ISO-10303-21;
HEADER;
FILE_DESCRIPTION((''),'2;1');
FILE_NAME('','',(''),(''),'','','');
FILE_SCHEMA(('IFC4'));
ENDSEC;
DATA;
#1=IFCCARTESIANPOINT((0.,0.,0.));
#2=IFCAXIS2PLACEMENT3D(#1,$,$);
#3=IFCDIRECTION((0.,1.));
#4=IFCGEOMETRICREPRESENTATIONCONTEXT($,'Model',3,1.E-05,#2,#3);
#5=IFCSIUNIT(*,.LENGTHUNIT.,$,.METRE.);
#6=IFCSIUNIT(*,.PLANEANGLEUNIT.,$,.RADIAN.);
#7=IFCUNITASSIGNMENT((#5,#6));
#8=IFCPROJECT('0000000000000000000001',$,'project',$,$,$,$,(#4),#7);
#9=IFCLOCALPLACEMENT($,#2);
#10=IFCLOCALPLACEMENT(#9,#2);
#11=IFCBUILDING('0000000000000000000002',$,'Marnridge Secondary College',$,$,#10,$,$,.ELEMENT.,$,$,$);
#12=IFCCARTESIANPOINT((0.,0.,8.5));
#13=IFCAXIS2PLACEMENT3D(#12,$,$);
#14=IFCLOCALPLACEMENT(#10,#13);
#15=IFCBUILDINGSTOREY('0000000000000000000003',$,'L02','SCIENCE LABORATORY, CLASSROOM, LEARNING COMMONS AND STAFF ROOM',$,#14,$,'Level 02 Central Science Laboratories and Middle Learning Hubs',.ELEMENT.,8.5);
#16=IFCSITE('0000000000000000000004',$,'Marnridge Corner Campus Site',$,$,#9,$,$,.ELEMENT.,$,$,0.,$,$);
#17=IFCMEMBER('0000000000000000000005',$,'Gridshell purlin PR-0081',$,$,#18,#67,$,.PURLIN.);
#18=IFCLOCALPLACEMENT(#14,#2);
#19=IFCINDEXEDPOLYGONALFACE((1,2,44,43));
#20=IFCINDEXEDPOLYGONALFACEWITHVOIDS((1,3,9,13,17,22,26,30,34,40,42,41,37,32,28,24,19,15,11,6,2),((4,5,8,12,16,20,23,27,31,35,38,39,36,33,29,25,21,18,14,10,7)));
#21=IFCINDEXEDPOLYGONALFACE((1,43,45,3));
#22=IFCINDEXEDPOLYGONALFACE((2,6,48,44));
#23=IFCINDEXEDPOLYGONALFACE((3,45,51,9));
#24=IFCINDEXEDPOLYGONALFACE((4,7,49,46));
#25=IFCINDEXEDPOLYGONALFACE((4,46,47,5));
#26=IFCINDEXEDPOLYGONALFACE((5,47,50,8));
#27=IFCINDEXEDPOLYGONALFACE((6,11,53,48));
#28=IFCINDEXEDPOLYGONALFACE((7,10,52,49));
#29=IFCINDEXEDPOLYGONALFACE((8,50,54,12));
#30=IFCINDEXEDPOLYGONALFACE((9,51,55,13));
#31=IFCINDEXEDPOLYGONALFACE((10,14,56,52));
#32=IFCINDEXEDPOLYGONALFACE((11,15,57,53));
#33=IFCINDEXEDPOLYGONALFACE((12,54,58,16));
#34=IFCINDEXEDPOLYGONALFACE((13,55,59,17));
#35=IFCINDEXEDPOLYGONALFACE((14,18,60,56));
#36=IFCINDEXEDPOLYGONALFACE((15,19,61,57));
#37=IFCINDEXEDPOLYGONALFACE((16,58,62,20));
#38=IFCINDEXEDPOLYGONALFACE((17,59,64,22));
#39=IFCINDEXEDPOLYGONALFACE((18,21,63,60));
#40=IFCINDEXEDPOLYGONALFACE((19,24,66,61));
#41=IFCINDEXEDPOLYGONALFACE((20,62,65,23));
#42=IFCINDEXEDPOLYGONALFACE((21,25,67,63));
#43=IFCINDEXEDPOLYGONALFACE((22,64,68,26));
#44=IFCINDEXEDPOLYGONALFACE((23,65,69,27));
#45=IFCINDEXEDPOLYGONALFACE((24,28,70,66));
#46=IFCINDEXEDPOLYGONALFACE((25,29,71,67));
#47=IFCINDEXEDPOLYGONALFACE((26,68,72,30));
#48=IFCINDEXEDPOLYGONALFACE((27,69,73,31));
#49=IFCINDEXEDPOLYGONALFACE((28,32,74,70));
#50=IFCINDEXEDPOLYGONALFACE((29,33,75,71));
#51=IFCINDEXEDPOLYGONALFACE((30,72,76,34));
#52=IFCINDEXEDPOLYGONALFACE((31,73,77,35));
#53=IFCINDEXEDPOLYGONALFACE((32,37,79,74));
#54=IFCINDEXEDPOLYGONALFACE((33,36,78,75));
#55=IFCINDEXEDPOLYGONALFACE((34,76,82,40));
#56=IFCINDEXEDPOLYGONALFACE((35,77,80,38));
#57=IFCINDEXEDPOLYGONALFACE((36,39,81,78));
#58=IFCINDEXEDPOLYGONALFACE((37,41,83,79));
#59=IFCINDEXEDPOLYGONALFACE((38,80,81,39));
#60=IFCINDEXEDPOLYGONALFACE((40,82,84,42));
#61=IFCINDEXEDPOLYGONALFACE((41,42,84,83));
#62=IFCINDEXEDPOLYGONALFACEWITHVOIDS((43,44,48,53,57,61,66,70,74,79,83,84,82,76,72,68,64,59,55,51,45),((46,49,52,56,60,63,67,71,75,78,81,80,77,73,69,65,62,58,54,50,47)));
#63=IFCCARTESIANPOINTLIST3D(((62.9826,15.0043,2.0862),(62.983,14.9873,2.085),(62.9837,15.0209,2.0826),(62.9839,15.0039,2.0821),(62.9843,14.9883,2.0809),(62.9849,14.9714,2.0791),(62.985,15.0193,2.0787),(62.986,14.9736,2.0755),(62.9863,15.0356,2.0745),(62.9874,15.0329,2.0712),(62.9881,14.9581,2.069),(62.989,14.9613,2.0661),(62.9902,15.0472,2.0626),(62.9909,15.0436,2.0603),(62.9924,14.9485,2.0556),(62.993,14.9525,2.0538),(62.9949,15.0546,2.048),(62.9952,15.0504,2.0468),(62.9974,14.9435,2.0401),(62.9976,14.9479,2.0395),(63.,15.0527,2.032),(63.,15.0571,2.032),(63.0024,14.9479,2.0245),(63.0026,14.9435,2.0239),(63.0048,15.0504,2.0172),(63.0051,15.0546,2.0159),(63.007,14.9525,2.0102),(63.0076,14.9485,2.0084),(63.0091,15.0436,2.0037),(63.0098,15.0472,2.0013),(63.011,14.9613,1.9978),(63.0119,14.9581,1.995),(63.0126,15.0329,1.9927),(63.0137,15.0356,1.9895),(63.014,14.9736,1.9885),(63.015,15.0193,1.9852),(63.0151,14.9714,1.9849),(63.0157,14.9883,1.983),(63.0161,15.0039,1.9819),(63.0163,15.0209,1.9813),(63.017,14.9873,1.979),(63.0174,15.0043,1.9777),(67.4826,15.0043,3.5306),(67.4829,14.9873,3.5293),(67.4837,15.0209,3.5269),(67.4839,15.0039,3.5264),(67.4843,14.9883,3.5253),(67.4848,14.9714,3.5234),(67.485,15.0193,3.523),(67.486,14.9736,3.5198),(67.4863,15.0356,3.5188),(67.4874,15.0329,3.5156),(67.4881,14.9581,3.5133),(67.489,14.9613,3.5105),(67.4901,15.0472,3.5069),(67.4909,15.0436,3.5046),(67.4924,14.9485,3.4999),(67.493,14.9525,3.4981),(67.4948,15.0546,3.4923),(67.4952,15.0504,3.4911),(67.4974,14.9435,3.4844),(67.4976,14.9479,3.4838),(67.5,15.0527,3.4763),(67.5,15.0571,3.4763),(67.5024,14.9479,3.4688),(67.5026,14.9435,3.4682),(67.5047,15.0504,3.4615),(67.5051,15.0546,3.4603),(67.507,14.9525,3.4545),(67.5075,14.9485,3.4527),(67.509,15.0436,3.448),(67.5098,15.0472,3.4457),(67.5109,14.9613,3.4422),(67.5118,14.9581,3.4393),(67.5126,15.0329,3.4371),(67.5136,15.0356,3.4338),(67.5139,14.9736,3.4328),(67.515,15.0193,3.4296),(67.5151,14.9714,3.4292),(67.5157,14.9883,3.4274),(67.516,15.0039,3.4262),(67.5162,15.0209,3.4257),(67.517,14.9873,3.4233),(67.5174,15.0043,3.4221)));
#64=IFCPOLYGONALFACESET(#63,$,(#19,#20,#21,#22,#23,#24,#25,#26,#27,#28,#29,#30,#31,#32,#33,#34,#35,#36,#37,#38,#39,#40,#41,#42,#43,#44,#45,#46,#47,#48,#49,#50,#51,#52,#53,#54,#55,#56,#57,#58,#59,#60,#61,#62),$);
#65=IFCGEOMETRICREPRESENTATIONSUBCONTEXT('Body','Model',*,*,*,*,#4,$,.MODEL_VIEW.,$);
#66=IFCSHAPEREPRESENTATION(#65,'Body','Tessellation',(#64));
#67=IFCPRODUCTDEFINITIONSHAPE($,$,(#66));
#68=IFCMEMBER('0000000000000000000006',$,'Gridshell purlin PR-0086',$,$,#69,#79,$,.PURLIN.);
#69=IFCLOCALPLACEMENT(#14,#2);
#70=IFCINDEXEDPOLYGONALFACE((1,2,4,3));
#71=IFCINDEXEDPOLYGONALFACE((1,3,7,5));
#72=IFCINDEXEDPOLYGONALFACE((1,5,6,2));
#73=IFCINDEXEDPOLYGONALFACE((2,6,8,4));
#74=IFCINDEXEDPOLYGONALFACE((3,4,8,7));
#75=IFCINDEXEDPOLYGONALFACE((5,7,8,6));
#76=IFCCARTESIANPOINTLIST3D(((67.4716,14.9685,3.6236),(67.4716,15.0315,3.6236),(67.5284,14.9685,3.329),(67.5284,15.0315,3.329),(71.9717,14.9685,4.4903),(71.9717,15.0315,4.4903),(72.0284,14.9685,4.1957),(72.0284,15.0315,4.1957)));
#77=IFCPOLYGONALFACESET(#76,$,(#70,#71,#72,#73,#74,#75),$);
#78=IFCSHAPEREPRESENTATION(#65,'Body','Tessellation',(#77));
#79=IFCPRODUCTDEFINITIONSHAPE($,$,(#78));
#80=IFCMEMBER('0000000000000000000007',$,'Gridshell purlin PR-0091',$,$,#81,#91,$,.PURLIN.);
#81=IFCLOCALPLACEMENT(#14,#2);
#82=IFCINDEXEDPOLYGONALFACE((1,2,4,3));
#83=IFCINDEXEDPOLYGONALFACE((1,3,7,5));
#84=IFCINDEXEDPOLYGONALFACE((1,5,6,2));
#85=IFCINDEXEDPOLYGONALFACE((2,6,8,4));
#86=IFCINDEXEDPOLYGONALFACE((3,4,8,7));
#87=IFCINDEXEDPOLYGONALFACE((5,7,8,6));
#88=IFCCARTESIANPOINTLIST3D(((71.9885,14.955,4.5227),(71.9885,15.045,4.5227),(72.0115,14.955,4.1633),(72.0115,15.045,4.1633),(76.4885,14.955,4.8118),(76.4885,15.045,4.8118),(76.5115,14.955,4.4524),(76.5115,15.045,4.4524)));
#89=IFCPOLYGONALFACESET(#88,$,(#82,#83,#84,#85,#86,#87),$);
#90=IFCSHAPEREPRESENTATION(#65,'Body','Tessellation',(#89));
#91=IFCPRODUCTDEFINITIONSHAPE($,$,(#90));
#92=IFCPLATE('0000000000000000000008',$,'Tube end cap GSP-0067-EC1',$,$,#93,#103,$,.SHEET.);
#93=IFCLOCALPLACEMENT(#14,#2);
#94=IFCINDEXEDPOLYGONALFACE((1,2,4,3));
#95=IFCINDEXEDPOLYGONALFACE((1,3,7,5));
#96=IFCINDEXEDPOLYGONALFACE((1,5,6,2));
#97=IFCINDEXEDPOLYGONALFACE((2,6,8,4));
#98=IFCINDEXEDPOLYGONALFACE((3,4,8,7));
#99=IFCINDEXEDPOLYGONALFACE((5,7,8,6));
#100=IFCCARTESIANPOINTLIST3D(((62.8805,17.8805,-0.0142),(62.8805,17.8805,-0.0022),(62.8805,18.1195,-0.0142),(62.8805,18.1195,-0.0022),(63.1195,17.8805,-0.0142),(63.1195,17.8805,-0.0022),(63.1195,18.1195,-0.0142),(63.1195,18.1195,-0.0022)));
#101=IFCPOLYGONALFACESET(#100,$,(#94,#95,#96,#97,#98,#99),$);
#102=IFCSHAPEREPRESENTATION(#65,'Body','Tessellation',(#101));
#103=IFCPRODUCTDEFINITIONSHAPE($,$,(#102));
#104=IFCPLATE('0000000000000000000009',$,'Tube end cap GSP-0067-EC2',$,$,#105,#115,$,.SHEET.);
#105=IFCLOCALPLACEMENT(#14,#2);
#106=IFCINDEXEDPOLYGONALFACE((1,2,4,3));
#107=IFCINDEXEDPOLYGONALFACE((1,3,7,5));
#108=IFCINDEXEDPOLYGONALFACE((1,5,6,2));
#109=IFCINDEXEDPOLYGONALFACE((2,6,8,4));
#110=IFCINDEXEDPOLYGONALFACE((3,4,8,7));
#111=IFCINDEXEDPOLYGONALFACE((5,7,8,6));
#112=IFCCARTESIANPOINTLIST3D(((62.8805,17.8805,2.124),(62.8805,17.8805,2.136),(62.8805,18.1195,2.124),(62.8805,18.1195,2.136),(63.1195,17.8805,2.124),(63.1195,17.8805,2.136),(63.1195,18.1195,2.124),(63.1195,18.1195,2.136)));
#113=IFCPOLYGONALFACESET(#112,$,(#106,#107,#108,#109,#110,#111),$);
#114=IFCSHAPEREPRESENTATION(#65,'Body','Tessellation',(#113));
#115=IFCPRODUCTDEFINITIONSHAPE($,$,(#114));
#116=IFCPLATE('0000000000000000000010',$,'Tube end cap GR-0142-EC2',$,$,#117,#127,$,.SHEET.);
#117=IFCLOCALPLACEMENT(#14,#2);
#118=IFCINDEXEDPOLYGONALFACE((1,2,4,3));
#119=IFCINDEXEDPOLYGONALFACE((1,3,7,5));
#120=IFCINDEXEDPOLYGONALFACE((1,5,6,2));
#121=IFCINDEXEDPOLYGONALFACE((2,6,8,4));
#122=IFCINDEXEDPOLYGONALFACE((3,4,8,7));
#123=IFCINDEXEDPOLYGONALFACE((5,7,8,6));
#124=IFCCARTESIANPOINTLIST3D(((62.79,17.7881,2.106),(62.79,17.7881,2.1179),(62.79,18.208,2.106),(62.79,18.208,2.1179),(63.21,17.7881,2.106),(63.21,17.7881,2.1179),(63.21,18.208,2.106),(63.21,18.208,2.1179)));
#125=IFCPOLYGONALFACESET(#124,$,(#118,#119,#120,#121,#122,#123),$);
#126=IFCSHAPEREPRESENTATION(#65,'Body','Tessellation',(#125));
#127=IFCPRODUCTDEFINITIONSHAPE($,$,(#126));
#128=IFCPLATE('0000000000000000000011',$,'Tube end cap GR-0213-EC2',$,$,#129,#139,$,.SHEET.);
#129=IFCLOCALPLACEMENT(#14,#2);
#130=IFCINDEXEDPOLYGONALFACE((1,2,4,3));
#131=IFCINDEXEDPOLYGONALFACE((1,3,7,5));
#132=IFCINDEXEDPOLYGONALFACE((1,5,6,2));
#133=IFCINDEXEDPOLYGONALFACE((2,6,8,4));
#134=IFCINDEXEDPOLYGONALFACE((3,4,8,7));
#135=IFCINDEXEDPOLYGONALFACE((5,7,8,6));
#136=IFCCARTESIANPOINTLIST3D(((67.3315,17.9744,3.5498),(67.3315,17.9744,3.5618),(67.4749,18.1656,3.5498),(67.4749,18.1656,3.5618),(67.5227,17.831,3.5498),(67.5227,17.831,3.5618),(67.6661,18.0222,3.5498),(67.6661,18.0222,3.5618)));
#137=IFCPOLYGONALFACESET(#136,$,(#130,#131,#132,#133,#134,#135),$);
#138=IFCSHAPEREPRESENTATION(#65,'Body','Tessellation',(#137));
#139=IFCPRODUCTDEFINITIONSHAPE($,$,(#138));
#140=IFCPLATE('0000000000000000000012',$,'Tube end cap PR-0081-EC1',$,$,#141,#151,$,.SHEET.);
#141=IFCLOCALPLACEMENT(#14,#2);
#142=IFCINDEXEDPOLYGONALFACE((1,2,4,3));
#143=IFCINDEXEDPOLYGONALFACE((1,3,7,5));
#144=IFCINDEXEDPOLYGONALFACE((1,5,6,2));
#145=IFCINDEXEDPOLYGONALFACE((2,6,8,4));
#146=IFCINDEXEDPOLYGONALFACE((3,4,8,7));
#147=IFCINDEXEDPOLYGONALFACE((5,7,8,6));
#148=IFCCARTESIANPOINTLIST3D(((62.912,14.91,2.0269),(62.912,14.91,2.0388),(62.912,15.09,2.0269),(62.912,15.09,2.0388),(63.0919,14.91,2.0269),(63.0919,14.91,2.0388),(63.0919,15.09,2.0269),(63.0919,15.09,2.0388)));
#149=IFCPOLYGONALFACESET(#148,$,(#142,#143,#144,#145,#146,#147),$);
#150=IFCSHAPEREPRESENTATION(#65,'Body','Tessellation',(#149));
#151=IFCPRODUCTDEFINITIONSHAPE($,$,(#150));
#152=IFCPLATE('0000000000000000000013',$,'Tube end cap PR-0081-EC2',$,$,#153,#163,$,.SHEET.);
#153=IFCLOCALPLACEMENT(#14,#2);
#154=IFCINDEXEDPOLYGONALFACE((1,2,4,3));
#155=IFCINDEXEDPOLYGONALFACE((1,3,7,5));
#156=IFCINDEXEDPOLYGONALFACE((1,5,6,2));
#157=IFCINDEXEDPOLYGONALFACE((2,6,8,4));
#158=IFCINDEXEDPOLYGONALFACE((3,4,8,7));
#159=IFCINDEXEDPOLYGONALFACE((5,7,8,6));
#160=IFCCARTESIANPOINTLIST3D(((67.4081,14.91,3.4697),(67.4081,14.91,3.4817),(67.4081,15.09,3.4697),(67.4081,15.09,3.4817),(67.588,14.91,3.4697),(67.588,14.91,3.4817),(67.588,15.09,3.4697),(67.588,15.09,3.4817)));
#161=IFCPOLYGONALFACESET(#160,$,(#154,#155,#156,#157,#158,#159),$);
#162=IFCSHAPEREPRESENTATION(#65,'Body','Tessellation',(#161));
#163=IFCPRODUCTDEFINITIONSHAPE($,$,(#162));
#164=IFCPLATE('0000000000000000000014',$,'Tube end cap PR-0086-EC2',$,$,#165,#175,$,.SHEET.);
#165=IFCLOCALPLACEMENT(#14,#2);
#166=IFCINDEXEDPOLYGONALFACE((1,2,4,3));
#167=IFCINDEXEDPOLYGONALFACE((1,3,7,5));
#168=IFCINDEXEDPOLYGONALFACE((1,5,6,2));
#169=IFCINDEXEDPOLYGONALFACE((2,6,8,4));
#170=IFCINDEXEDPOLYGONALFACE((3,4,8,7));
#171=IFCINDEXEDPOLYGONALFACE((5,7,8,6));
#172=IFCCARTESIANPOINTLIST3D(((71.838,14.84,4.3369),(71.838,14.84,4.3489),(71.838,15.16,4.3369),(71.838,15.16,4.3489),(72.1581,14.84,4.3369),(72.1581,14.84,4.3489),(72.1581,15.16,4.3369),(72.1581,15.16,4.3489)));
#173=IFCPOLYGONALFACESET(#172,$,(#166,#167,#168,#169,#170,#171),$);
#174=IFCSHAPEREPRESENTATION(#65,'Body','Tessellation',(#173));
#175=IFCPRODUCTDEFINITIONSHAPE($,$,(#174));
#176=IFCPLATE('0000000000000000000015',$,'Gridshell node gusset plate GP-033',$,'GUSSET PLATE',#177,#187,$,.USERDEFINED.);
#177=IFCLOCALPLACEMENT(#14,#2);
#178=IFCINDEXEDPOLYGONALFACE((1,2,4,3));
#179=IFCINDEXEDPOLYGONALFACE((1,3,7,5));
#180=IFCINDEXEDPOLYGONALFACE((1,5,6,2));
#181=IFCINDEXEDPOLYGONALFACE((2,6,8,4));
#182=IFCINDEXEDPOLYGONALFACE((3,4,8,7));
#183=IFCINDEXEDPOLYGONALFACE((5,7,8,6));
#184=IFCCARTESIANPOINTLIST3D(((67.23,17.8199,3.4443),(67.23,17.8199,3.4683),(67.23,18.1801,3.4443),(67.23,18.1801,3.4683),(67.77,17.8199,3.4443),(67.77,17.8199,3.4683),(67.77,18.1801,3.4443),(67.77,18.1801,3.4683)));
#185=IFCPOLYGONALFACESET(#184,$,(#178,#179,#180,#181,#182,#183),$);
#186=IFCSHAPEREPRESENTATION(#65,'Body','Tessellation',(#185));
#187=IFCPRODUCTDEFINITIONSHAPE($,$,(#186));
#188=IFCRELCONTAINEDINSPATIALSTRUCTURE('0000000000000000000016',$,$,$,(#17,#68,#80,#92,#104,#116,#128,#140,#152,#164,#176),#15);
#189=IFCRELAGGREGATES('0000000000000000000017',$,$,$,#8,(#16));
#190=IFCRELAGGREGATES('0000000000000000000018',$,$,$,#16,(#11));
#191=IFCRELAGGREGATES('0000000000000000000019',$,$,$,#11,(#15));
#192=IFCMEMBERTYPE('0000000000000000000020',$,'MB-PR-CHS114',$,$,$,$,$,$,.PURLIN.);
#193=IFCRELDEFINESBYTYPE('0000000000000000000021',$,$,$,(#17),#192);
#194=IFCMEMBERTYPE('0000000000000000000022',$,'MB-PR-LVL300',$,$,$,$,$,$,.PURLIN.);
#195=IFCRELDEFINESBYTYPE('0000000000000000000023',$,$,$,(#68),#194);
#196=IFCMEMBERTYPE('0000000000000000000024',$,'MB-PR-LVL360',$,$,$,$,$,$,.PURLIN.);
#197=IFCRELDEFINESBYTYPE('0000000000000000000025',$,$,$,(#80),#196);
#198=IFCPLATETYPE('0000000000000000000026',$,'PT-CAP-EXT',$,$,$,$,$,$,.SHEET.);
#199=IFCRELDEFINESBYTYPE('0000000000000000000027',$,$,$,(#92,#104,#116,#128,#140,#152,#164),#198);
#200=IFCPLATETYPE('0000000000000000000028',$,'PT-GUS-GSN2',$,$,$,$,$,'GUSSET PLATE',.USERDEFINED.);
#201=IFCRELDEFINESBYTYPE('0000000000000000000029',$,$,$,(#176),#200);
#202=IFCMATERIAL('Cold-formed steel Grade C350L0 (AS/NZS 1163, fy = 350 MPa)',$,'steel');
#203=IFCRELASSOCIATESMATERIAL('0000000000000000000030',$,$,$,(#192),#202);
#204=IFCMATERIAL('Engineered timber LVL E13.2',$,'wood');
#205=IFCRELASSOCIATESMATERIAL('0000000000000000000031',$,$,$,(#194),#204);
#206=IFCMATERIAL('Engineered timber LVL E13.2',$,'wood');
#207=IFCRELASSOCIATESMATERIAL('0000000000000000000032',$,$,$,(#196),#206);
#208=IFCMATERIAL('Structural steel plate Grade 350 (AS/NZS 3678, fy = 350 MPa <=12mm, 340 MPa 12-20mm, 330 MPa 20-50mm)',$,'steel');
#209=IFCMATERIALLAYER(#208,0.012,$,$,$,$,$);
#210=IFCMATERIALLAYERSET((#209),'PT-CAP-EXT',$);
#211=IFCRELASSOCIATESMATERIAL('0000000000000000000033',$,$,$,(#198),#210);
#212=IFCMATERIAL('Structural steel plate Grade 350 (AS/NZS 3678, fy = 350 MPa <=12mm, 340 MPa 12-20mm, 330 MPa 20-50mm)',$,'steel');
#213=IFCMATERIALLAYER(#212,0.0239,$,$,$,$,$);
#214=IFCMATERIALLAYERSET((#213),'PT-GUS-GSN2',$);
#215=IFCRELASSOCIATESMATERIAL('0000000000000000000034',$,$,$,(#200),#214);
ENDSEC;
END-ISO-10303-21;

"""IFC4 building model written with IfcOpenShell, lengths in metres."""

from ifc_helpers import new_model, si_unit, direction, frame, origin, origin_2d, place, context, subcontext, project, spatial, rectangle, hollow_circle, extrude, material, layer, layer_set, material_profile, profile_set, type_object, element, save


model = new_model("IFC4")

# Units and contexts
model_context = context("Model", 3, precision=1e-05, world=origin(), true_north=direction((0.0, 1.0)))
body_context = subcontext(model_context, "Body", "Model", "MODEL_VIEW")
ifc_project = project(units=[si_unit("LENGTHUNIT", "METRE"), si_unit("PLANEANGLEUNIT", "RADIAN")], contexts=[model_context])

# Site, building, storey
site_placement = place(None, origin())
site = spatial("IfcSite", under=ifc_project, at=site_placement, Name="Marnridge Corner Campus Site", CompositionType="ELEMENT", RefElevation=0.0)
building_placement = place(site_placement, origin())
building = spatial("IfcBuilding", under=site, at=building_placement, Name="Marnridge Secondary College", CompositionType="ELEMENT")
storey_placement = place(building_placement, frame((0.0, 0.0, 8.5)))
storey = spatial("IfcBuildingStorey", under=building, at=storey_placement, Name="L02", Description="SCIENCE LABORATORY, CLASSROOM, LEARNING COMMONS AND STAFF ROOM", LongName="Level 02 Central Science Laboratories and Middle Learning Hubs", CompositionType="ELEMENT", Elevation=8.5)

# Members
ifc_material_1 = material(Name="Cold-formed steel Grade C350L0 (AS/NZS 1163, fy = 350 MPa)", Category="steel")
ifc_material_profile_1 = material_profile(ifc_material_1, hollow_circle(Radius=0.0571, WallThickness=0.0044, at=origin_2d()), Name="114.3x4.5CHS")
ifc_profile_set_1 = profile_set([ifc_material_profile_1], Name="Cold-formed steel Grade C350L0 (AS/NZS 1163, fy = 350 MPa)")
member_type_1 = type_object("IfcMemberType", Name="MB-PR-CHS114", PredefinedType="PURLIN", material=ifc_profile_set_1)
member_1_placement = place(storey_placement, frame((63.0, 15.0, 2.032), z_axis=(0.952157, 0.0, 0.305608), x_axis=(0.0, 1.0, 0.0)))
element("IfcMember", 1, at=member_1_placement, inside=storey, type_object=member_type_1, Name="Gridshell purlin PR-0081", PredefinedType="PURLIN", context=body_context, shape_type="SweptSolid", body=[
    extrude(hollow_circle(Radius=0.0571, WallThickness=0.0044, at=origin_2d()), origin(), (0.0, 0.0, 1.0), 4.7261),
])
ifc_material_2 = material(Name="Engineered timber LVL E13.2", Category="wood")
ifc_material_profile_2 = material_profile(ifc_material_2, rectangle(XDim=0.063, YDim=0.3, at=origin_2d()), Name="LVL 63x300")
ifc_profile_set_2 = profile_set([ifc_material_profile_2], Name="Engineered timber LVL E13.2")
member_type_2 = type_object("IfcMemberType", Name="MB-PR-LVL300", PredefinedType="PURLIN", material=ifc_profile_set_2)
member_2_placement = place(storey_placement, frame((67.5, 15.0, 3.4763), z_axis=(0.981953, 0.0, 0.189124), x_axis=(0.0, 1.0, 0.0)))
element("IfcMember", 2, at=member_2_placement, inside=storey, type_object=member_type_2, Name="Gridshell purlin PR-0086", PredefinedType="PURLIN", context=body_context, shape_type="SweptSolid", body=[
    extrude(rectangle(XDim=0.063, YDim=0.3, at=origin_2d()), origin(), (0.0, 0.0, 1.0), 4.5828),
])
ifc_material_3 = material(Name="Engineered timber LVL E13.2", Category="wood")
ifc_material_profile_3 = material_profile(ifc_material_3, rectangle(XDim=0.0901, YDim=0.3601, at=origin_2d()), Name="LVL 90x360")
ifc_profile_set_3 = profile_set([ifc_material_profile_3], Name="Engineered timber LVL E13.2")
member_type_3 = type_object("IfcMemberType", Name="MB-PR-LVL360", PredefinedType="PURLIN", material=ifc_profile_set_3)
member_3_placement = place(storey_placement, frame((72.0, 15.0, 4.343), z_axis=(0.997943, 0.0, 0.064104), x_axis=(0.0, 1.0, 0.0)))
element("IfcMember", 3, at=member_3_placement, inside=storey, type_object=member_type_3, Name="Gridshell purlin PR-0091", PredefinedType="PURLIN", context=body_context, shape_type="SweptSolid", body=[
    extrude(rectangle(XDim=0.0901, YDim=0.3601, at=origin_2d()), origin(), (0.0, 0.0, 1.0), 4.5093),
])

# Plates
ifc_material_4 = material(Name="Structural steel plate Grade 350 (AS/NZS 3678, fy = 350 MPa <=12mm, 340 MPa 12-20mm, 330 MPa 20-50mm)", Category="steel")
ifc_layer_1 = layer(ifc_material_4, 0.012)
ifc_layer_set_1 = layer_set([ifc_layer_1], Name="PT-CAP-EXT")
plate_type_1 = type_object("IfcPlateType", Name="PT-CAP-EXT", PredefinedType="SHEET", material=ifc_layer_set_1)
for number, where, z_axis, x_axis, name in (
    (4, (63.0, 18.0, -0.0142), (0.0, 0.0, 1.0), (1.0, 0.0, 0.0), "Tube end cap GSP-0067-EC1"),
    (5, (63.0, 18.0, 2.124), (0.0, 0.0, 1.0), (1.0, 0.0, 0.0), "Tube end cap GSP-0067-EC2"),
):
    element("IfcPlate", number, at=place(storey_placement, frame(where, z_axis=z_axis, x_axis=x_axis)), inside=storey, type_object=plate_type_1, Name=name, PredefinedType="SHEET", context=body_context, shape_type="SweptSolid", body=[
        extrude(rectangle(XDim=0.239, YDim=0.239, at=origin_2d()), origin(), (0.0, 0.0, 1.0), 0.012),
    ])
plate_1_placement = place(storey_placement, frame((63.0, 17.998, 2.106), z_axis=(0.0, 0.0, 1.0), x_axis=(0.0, 1.0, 0.0)))
element("IfcPlate", 6, at=plate_1_placement, inside=storey, type_object=plate_type_1, Name="Tube end cap GR-0142-EC2", PredefinedType="SHEET", context=body_context, shape_type="SweptSolid", body=[
    extrude(rectangle(XDim=0.4199, YDim=0.4199, at=origin_2d()), origin(), (0.0, 0.0, 1.0), 0.012),
])
plate_2_placement = place(storey_placement, frame((67.4988, 17.9983, 3.5498), z_axis=(0.0, 0.0, 1.0), x_axis=(0.600001, 0.799999, 0.0)))
element("IfcPlate", 7, at=plate_2_placement, inside=storey, type_object=plate_type_1, Name="Tube end cap GR-0213-EC2", PredefinedType="SHEET", context=body_context, shape_type="SweptSolid", body=[
    extrude(rectangle(XDim=0.239, YDim=0.239, at=origin_2d()), origin(), (0.0, 0.0, 1.0), 0.012),
])
for number, where, z_axis, x_axis, name in (
    (8, (63.002, 15.0, 2.0269), (0.0, 0.0, 1.0), (1.0, 0.0, 0.0), "Tube end cap PR-0081-EC1"),
    (9, (67.498, 15.0, 3.4697), (0.0, 0.0, 1.0), (1.0, 0.0, 0.0), "Tube end cap PR-0081-EC2"),
):
    element("IfcPlate", number, at=place(storey_placement, frame(where, z_axis=z_axis, x_axis=x_axis)), inside=storey, type_object=plate_type_1, Name=name, PredefinedType="SHEET", context=body_context, shape_type="SweptSolid", body=[
        extrude(rectangle(XDim=0.1799, YDim=0.1799, at=origin_2d()), origin(), (0.0, 0.0, 1.0), 0.012),
    ])
plate_3_placement = place(storey_placement, frame((71.998, 15.0, 4.3369), z_axis=(0.0, 0.0, 1.0), x_axis=(1.0, 0.0, 0.0)))
element("IfcPlate", 10, at=plate_3_placement, inside=storey, type_object=plate_type_1, Name="Tube end cap PR-0086-EC2", PredefinedType="SHEET", context=body_context, shape_type="SweptSolid", body=[
    extrude(rectangle(XDim=0.3201, YDim=0.3201, at=origin_2d()), origin(), (0.0, 0.0, 1.0), 0.012),
])
ifc_material_5 = material(Name="Structural steel plate Grade 350 (AS/NZS 3678, fy = 350 MPa <=12mm, 340 MPa 12-20mm, 330 MPa 20-50mm)", Category="steel")
ifc_layer_2 = layer(ifc_material_5, 0.0239)
ifc_layer_set_2 = layer_set([ifc_layer_2], Name="PT-GUS-GSN2")
plate_type_2 = type_object("IfcPlateType", Name="PT-GUS-GSN2", ElementType="GUSSET PLATE", PredefinedType="USERDEFINED", material=ifc_layer_set_2)
for number, where, z_axis, x_axis, name in (
    (11, (67.5, 18.0, 3.4443), (0.0, 0.0, 1.0), (1.0, 0.0, 0.0), "Gridshell node gusset plate GP-033"),
):
    element("IfcPlate", number, at=place(storey_placement, frame(where, z_axis=z_axis, x_axis=x_axis)), inside=storey, type_object=plate_type_2, Name=name, ObjectType="GUSSET PLATE", PredefinedType="USERDEFINED", context=body_context, shape_type="SweptSolid", body=[
        extrude(rectangle(XDim=0.54, YDim=0.3601, at=origin_2d()), origin(), (0.0, 0.0, 1.0), 0.0239),
    ])

save(model, "model.ifc")
